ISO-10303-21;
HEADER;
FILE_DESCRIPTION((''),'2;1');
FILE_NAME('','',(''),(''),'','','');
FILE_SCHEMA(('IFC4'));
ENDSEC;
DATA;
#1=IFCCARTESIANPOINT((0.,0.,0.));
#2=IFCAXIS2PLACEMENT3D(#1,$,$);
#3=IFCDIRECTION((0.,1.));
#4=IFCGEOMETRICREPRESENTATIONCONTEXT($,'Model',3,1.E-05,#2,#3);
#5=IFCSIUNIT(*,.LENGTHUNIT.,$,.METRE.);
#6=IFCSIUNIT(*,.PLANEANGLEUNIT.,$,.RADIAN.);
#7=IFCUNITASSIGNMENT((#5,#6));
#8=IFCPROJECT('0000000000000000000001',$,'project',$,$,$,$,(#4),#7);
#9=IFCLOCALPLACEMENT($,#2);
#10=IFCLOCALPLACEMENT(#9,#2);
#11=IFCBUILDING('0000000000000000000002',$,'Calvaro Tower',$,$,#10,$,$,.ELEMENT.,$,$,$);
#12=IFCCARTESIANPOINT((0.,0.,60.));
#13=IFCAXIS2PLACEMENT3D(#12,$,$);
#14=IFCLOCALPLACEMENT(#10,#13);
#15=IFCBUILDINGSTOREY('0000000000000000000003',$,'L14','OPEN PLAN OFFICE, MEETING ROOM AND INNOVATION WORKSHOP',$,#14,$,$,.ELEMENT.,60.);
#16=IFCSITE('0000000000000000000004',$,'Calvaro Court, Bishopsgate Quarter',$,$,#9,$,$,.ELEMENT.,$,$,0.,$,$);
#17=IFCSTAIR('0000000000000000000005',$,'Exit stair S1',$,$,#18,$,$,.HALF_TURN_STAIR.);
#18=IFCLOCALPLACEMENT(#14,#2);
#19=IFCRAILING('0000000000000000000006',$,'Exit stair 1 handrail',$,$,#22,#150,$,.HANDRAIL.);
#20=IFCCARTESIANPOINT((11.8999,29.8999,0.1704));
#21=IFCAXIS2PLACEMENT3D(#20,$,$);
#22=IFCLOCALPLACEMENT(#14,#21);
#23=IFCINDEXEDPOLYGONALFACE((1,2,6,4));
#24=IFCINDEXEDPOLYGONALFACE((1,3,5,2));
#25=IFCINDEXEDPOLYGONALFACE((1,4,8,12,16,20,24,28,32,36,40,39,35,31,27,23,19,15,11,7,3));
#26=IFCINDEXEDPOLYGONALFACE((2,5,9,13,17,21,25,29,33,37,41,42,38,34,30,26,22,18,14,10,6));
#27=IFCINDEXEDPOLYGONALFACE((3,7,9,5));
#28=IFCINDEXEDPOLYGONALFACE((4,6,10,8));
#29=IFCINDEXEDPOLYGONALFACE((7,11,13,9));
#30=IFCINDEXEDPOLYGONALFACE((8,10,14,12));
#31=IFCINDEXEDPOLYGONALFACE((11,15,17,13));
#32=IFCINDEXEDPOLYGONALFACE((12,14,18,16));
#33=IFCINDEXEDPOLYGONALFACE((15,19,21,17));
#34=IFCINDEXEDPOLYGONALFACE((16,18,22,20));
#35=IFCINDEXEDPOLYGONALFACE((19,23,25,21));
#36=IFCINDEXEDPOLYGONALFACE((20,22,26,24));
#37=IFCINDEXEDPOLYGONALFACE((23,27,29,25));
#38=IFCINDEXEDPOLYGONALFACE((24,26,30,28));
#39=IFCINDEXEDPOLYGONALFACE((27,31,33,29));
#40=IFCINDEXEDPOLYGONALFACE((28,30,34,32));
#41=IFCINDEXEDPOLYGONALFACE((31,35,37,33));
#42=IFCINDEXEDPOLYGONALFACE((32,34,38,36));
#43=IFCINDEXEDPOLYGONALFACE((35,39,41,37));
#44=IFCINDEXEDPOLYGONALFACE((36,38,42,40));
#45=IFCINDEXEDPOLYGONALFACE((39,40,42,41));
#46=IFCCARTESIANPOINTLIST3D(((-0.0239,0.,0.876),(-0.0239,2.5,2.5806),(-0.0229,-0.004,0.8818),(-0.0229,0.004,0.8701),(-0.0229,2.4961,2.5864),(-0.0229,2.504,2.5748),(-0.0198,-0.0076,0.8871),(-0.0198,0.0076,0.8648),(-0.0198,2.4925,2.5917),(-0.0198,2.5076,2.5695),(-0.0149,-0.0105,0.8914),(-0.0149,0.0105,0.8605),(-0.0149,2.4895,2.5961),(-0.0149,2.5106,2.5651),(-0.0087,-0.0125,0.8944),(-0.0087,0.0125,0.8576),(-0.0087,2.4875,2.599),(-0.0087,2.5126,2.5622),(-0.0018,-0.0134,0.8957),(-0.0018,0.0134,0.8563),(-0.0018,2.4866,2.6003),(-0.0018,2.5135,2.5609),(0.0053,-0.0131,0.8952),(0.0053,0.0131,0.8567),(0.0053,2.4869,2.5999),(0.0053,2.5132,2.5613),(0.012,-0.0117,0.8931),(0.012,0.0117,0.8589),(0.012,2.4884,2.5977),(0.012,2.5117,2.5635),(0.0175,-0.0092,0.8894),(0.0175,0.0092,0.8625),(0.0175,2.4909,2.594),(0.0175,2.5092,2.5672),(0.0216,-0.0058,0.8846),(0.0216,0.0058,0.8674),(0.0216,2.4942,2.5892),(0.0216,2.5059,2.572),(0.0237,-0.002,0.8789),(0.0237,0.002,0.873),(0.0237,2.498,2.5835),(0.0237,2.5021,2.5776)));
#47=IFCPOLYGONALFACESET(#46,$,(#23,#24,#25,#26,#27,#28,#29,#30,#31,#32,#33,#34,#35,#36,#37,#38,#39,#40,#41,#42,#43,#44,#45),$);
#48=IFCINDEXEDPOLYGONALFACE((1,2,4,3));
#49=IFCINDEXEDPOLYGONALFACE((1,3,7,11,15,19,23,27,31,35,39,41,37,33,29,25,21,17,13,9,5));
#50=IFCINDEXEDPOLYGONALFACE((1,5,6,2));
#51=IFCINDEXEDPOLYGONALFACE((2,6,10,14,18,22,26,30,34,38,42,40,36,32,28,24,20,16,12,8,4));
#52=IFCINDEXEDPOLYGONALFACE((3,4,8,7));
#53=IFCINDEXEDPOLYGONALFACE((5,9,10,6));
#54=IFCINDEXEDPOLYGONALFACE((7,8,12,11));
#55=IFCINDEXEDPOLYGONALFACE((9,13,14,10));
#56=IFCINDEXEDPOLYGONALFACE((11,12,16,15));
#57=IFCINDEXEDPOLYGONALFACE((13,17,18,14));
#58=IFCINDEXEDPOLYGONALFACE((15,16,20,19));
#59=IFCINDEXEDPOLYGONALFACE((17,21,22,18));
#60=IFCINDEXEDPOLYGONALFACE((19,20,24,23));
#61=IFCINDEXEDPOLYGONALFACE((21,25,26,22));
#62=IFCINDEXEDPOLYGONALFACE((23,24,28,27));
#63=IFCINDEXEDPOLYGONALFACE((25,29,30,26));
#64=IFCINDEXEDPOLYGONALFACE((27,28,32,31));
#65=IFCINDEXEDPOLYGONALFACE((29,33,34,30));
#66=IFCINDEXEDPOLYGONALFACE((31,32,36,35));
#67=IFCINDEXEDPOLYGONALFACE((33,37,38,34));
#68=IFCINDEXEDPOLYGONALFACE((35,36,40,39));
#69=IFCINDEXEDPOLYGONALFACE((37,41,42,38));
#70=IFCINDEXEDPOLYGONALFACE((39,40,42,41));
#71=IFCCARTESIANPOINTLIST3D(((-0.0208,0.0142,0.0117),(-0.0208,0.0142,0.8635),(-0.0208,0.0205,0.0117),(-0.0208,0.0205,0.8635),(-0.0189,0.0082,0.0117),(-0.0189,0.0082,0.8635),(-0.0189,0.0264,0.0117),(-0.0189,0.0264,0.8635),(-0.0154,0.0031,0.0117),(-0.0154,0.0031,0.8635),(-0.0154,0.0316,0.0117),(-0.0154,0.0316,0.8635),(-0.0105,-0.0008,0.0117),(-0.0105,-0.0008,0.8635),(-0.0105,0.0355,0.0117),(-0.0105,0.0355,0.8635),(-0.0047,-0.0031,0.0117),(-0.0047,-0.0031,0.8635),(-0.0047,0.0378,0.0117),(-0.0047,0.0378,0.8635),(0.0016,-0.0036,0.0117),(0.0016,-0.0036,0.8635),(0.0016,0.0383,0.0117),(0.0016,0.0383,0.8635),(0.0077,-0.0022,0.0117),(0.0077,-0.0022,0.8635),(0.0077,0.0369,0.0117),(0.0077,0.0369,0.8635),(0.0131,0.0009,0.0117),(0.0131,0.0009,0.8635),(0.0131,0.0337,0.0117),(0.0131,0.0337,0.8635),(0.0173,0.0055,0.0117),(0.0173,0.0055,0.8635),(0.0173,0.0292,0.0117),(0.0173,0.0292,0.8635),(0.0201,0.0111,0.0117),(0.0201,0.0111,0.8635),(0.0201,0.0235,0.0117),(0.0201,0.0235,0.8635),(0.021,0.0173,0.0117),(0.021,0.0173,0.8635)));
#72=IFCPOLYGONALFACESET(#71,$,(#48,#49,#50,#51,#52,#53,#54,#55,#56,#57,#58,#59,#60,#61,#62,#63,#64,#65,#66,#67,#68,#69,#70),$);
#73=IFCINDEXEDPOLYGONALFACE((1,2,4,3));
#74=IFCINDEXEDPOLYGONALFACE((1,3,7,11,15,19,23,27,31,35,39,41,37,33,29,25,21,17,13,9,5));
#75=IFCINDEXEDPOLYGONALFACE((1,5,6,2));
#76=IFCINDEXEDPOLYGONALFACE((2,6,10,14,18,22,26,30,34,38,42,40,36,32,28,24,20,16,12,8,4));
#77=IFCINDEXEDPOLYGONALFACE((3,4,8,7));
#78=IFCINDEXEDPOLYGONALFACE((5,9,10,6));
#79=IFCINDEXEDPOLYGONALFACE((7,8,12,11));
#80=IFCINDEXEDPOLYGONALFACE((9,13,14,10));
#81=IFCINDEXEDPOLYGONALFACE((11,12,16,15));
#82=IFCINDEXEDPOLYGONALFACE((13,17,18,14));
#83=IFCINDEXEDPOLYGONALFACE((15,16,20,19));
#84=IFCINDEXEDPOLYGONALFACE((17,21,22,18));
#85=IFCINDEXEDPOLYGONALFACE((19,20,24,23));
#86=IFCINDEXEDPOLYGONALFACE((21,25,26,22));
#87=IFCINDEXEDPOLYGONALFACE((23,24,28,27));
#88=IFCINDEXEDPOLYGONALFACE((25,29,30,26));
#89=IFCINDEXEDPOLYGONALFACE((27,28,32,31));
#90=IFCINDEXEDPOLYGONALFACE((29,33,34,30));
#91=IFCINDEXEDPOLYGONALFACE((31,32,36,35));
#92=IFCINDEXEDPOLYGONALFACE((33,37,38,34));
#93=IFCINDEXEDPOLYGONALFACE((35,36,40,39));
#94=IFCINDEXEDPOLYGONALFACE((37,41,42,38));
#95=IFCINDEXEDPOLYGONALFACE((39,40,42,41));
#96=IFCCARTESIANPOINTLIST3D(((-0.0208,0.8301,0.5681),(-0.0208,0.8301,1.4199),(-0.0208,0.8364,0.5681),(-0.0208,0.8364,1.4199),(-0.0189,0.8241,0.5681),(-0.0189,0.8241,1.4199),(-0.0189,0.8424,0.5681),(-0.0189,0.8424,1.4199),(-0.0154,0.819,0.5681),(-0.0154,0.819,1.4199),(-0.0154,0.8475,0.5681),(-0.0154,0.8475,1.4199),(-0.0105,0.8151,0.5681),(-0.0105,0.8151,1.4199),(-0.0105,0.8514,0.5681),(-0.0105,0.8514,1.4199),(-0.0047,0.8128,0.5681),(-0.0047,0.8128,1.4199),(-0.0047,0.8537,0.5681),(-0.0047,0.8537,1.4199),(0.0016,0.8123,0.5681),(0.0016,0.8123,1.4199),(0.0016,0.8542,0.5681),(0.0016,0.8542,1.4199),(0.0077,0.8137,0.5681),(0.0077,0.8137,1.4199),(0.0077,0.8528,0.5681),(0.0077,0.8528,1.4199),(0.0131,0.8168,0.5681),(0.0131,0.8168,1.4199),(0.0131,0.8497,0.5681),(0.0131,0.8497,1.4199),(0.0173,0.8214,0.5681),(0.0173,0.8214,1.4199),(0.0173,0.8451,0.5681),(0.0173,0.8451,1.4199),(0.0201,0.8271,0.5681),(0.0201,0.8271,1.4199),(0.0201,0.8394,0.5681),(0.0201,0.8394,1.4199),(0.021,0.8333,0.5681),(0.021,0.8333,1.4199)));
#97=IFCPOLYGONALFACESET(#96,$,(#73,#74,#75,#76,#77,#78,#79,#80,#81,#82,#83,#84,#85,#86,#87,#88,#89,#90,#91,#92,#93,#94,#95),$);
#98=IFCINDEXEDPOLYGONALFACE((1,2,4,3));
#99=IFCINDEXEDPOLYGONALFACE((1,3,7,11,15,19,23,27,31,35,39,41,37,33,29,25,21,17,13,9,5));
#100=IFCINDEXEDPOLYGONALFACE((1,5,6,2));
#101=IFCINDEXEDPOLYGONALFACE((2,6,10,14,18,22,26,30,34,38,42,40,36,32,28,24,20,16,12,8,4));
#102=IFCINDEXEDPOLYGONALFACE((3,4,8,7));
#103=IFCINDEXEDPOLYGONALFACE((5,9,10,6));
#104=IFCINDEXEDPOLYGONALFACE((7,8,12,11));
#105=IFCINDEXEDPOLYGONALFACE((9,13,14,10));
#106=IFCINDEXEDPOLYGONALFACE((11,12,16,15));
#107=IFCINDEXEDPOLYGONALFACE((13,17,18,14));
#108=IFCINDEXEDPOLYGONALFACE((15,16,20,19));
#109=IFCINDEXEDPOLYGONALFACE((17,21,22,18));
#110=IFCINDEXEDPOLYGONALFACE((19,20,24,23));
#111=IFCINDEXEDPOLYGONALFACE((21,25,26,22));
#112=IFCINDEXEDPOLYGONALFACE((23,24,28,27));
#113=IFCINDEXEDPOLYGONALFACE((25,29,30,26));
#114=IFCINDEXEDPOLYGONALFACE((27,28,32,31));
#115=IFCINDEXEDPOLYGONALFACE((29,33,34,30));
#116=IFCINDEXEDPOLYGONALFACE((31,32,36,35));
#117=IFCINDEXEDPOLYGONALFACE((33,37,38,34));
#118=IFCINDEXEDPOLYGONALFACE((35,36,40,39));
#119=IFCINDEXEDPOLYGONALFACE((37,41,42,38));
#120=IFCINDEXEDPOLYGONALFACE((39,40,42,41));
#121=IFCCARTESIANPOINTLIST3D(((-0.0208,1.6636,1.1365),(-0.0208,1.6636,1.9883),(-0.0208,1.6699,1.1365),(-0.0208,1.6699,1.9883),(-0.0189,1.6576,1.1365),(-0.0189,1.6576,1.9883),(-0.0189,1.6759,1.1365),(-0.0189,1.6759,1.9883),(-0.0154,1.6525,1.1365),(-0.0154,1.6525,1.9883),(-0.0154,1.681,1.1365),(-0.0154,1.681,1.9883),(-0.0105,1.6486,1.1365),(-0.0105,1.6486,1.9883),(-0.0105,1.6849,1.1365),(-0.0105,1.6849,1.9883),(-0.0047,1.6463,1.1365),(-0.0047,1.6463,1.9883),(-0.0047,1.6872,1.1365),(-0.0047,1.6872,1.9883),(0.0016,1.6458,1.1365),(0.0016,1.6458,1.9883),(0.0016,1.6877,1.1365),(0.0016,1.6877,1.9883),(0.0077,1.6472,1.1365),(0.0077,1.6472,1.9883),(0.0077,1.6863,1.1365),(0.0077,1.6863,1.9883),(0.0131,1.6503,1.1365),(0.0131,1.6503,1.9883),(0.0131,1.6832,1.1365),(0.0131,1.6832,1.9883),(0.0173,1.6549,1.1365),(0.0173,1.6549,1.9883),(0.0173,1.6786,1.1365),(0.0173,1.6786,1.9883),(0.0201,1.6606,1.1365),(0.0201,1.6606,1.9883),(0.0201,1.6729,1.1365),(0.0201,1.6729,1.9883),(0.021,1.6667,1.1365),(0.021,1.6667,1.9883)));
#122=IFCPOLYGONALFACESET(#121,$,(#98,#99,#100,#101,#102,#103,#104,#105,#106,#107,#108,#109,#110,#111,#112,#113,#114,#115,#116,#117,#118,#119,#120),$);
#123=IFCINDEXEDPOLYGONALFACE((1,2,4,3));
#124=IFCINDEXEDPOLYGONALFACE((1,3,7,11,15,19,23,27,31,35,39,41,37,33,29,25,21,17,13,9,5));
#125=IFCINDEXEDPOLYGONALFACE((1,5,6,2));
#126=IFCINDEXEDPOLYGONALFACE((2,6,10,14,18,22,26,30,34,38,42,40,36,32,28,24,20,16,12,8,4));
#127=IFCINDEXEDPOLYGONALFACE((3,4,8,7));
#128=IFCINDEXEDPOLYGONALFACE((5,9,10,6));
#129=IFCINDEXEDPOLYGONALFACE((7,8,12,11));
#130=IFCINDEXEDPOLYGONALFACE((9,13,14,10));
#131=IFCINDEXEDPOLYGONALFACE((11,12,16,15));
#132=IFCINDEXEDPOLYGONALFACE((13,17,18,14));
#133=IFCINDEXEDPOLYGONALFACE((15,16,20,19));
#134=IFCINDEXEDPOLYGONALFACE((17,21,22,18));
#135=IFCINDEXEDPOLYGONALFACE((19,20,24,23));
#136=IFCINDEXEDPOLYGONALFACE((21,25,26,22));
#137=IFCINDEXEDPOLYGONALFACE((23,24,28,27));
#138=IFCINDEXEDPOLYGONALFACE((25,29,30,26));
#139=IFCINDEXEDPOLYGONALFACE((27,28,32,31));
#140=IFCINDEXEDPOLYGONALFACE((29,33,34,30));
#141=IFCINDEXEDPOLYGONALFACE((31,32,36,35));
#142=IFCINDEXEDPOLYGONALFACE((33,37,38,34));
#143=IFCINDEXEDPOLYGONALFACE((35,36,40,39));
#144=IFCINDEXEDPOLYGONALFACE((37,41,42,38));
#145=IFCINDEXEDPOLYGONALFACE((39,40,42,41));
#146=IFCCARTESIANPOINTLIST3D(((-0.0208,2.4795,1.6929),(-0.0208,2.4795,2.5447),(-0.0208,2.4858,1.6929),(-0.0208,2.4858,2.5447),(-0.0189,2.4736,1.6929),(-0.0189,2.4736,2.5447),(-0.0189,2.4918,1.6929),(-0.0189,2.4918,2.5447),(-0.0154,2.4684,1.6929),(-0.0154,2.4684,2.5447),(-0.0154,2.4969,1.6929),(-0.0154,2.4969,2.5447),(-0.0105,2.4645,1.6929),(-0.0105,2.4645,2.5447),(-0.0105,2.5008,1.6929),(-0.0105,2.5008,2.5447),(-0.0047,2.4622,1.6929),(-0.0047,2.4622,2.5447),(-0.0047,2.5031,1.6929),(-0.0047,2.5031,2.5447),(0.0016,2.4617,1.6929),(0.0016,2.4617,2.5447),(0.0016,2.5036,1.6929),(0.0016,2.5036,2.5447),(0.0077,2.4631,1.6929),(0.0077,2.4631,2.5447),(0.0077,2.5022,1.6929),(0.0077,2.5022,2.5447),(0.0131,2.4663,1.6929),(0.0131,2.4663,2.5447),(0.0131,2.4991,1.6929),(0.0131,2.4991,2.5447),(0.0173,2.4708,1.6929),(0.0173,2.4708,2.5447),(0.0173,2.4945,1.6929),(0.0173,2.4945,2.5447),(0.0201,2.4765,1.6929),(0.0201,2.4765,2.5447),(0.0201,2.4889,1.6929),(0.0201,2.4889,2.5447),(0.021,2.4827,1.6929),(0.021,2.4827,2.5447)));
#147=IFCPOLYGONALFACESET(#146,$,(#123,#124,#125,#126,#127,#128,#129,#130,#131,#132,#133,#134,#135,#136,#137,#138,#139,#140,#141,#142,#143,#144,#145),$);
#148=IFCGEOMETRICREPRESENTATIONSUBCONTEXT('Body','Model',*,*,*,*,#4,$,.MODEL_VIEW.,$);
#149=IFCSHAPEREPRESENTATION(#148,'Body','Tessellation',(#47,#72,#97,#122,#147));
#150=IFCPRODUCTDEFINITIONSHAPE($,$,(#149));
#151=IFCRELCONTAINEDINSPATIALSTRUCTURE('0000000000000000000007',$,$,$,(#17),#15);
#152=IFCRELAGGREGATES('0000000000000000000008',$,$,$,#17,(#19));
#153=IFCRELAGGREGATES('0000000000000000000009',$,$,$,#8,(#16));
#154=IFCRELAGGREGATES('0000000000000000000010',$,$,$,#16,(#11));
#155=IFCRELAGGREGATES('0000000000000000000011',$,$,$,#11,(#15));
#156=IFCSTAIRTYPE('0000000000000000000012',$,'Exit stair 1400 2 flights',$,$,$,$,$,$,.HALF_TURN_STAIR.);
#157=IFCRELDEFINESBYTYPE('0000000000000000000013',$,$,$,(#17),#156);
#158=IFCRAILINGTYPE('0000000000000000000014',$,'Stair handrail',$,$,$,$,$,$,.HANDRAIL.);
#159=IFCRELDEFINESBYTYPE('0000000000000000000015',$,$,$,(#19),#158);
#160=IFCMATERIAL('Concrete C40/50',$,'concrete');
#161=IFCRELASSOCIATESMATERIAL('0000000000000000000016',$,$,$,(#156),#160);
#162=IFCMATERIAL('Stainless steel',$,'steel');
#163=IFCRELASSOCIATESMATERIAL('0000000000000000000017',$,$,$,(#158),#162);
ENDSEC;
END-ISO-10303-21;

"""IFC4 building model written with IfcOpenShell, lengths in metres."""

from ifc_helpers import new_model, si_unit, direction, frame, origin, origin_2d, place, context, subcontext, project, spatial, circle, extrude, material, type_object, element, aggregate, save


model = new_model("IFC4")

# Units and contexts
model_context = context("Model", 3, precision=1e-05, world=origin(), true_north=direction((0.0, 1.0)))
body_context = subcontext(model_context, "Body", "Model", "MODEL_VIEW")
ifc_project = project(units=[si_unit("LENGTHUNIT", "METRE"), si_unit("PLANEANGLEUNIT", "RADIAN")], contexts=[model_context])

# Site, building, storey
site_placement = place(None, origin())
site = spatial("IfcSite", under=ifc_project, at=site_placement, Name="Calvaro Court, Bishopsgate Quarter", CompositionType="ELEMENT", RefElevation=0.0)
building_placement = place(site_placement, origin())
building = spatial("IfcBuilding", under=site, at=building_placement, Name="Calvaro Tower", CompositionType="ELEMENT")
storey_placement = place(building_placement, frame((0.0, 0.0, 60.0)))
storey = spatial("IfcBuildingStorey", under=building, at=storey_placement, Name="L14", Description="OPEN PLAN OFFICE, MEETING ROOM AND INNOVATION WORKSHOP", CompositionType="ELEMENT", Elevation=60.0)

# Stair, railing
ifc_material_1 = material(Name="Concrete C40/50", Category="concrete")
stair_type = type_object("IfcStairType", Name="Exit stair 1400 2 flights", PredefinedType="HALF_TURN_STAIR", material=ifc_material_1)
stair_placement = place(storey_placement, origin())
stair = element("IfcStair", 1, at=stair_placement, inside=storey, type_object=stair_type, Name="Exit stair S1", PredefinedType="HALF_TURN_STAIR")
ifc_material_2 = material(Name="Stainless steel", Category="steel")
railing_type = type_object("IfcRailingType", Name="Stair handrail", PredefinedType="HANDRAIL", material=ifc_material_2)
railing_1_placement = place(storey_placement, frame((11.8999, 29.8999, 0.1704)))
railing_1 = element("IfcRailing", 2, at=railing_1_placement, type_object=railing_type, Name="Exit stair 1 handrail", PredefinedType="HANDRAIL", context=body_context, shape_type="SweptSolid", body=[
    extrude(circle(Radius=0.0239, at=origin_2d()), frame((0.0, 0.0, 0.876), z_axis=(0.0, 0.826221, 0.563347), x_axis=(-1.0, 0.0, 0.0)), (0.0, 0.0, 1.0), 3.0259),
    extrude(circle(Radius=0.021, at=origin_2d()), frame((0.0, 0.0173, 0.0117)), (0.0, 0.0, 1.0), 0.8518),
    extrude(circle(Radius=0.021, at=origin_2d()), frame((0.0, 0.8333, 0.5681)), (0.0, 0.0, 1.0), 0.8518),
    extrude(circle(Radius=0.021, at=origin_2d()), frame((0.0, 1.6667, 1.1365)), (0.0, 0.0, 1.0), 0.8518),
    extrude(circle(Radius=0.021, at=origin_2d()), frame((0.0, 2.4827, 1.6929)), (0.0, 0.0, 1.0), 0.8518),
])
aggregate(stair, [railing_1])

save(model, "model.ifc")
